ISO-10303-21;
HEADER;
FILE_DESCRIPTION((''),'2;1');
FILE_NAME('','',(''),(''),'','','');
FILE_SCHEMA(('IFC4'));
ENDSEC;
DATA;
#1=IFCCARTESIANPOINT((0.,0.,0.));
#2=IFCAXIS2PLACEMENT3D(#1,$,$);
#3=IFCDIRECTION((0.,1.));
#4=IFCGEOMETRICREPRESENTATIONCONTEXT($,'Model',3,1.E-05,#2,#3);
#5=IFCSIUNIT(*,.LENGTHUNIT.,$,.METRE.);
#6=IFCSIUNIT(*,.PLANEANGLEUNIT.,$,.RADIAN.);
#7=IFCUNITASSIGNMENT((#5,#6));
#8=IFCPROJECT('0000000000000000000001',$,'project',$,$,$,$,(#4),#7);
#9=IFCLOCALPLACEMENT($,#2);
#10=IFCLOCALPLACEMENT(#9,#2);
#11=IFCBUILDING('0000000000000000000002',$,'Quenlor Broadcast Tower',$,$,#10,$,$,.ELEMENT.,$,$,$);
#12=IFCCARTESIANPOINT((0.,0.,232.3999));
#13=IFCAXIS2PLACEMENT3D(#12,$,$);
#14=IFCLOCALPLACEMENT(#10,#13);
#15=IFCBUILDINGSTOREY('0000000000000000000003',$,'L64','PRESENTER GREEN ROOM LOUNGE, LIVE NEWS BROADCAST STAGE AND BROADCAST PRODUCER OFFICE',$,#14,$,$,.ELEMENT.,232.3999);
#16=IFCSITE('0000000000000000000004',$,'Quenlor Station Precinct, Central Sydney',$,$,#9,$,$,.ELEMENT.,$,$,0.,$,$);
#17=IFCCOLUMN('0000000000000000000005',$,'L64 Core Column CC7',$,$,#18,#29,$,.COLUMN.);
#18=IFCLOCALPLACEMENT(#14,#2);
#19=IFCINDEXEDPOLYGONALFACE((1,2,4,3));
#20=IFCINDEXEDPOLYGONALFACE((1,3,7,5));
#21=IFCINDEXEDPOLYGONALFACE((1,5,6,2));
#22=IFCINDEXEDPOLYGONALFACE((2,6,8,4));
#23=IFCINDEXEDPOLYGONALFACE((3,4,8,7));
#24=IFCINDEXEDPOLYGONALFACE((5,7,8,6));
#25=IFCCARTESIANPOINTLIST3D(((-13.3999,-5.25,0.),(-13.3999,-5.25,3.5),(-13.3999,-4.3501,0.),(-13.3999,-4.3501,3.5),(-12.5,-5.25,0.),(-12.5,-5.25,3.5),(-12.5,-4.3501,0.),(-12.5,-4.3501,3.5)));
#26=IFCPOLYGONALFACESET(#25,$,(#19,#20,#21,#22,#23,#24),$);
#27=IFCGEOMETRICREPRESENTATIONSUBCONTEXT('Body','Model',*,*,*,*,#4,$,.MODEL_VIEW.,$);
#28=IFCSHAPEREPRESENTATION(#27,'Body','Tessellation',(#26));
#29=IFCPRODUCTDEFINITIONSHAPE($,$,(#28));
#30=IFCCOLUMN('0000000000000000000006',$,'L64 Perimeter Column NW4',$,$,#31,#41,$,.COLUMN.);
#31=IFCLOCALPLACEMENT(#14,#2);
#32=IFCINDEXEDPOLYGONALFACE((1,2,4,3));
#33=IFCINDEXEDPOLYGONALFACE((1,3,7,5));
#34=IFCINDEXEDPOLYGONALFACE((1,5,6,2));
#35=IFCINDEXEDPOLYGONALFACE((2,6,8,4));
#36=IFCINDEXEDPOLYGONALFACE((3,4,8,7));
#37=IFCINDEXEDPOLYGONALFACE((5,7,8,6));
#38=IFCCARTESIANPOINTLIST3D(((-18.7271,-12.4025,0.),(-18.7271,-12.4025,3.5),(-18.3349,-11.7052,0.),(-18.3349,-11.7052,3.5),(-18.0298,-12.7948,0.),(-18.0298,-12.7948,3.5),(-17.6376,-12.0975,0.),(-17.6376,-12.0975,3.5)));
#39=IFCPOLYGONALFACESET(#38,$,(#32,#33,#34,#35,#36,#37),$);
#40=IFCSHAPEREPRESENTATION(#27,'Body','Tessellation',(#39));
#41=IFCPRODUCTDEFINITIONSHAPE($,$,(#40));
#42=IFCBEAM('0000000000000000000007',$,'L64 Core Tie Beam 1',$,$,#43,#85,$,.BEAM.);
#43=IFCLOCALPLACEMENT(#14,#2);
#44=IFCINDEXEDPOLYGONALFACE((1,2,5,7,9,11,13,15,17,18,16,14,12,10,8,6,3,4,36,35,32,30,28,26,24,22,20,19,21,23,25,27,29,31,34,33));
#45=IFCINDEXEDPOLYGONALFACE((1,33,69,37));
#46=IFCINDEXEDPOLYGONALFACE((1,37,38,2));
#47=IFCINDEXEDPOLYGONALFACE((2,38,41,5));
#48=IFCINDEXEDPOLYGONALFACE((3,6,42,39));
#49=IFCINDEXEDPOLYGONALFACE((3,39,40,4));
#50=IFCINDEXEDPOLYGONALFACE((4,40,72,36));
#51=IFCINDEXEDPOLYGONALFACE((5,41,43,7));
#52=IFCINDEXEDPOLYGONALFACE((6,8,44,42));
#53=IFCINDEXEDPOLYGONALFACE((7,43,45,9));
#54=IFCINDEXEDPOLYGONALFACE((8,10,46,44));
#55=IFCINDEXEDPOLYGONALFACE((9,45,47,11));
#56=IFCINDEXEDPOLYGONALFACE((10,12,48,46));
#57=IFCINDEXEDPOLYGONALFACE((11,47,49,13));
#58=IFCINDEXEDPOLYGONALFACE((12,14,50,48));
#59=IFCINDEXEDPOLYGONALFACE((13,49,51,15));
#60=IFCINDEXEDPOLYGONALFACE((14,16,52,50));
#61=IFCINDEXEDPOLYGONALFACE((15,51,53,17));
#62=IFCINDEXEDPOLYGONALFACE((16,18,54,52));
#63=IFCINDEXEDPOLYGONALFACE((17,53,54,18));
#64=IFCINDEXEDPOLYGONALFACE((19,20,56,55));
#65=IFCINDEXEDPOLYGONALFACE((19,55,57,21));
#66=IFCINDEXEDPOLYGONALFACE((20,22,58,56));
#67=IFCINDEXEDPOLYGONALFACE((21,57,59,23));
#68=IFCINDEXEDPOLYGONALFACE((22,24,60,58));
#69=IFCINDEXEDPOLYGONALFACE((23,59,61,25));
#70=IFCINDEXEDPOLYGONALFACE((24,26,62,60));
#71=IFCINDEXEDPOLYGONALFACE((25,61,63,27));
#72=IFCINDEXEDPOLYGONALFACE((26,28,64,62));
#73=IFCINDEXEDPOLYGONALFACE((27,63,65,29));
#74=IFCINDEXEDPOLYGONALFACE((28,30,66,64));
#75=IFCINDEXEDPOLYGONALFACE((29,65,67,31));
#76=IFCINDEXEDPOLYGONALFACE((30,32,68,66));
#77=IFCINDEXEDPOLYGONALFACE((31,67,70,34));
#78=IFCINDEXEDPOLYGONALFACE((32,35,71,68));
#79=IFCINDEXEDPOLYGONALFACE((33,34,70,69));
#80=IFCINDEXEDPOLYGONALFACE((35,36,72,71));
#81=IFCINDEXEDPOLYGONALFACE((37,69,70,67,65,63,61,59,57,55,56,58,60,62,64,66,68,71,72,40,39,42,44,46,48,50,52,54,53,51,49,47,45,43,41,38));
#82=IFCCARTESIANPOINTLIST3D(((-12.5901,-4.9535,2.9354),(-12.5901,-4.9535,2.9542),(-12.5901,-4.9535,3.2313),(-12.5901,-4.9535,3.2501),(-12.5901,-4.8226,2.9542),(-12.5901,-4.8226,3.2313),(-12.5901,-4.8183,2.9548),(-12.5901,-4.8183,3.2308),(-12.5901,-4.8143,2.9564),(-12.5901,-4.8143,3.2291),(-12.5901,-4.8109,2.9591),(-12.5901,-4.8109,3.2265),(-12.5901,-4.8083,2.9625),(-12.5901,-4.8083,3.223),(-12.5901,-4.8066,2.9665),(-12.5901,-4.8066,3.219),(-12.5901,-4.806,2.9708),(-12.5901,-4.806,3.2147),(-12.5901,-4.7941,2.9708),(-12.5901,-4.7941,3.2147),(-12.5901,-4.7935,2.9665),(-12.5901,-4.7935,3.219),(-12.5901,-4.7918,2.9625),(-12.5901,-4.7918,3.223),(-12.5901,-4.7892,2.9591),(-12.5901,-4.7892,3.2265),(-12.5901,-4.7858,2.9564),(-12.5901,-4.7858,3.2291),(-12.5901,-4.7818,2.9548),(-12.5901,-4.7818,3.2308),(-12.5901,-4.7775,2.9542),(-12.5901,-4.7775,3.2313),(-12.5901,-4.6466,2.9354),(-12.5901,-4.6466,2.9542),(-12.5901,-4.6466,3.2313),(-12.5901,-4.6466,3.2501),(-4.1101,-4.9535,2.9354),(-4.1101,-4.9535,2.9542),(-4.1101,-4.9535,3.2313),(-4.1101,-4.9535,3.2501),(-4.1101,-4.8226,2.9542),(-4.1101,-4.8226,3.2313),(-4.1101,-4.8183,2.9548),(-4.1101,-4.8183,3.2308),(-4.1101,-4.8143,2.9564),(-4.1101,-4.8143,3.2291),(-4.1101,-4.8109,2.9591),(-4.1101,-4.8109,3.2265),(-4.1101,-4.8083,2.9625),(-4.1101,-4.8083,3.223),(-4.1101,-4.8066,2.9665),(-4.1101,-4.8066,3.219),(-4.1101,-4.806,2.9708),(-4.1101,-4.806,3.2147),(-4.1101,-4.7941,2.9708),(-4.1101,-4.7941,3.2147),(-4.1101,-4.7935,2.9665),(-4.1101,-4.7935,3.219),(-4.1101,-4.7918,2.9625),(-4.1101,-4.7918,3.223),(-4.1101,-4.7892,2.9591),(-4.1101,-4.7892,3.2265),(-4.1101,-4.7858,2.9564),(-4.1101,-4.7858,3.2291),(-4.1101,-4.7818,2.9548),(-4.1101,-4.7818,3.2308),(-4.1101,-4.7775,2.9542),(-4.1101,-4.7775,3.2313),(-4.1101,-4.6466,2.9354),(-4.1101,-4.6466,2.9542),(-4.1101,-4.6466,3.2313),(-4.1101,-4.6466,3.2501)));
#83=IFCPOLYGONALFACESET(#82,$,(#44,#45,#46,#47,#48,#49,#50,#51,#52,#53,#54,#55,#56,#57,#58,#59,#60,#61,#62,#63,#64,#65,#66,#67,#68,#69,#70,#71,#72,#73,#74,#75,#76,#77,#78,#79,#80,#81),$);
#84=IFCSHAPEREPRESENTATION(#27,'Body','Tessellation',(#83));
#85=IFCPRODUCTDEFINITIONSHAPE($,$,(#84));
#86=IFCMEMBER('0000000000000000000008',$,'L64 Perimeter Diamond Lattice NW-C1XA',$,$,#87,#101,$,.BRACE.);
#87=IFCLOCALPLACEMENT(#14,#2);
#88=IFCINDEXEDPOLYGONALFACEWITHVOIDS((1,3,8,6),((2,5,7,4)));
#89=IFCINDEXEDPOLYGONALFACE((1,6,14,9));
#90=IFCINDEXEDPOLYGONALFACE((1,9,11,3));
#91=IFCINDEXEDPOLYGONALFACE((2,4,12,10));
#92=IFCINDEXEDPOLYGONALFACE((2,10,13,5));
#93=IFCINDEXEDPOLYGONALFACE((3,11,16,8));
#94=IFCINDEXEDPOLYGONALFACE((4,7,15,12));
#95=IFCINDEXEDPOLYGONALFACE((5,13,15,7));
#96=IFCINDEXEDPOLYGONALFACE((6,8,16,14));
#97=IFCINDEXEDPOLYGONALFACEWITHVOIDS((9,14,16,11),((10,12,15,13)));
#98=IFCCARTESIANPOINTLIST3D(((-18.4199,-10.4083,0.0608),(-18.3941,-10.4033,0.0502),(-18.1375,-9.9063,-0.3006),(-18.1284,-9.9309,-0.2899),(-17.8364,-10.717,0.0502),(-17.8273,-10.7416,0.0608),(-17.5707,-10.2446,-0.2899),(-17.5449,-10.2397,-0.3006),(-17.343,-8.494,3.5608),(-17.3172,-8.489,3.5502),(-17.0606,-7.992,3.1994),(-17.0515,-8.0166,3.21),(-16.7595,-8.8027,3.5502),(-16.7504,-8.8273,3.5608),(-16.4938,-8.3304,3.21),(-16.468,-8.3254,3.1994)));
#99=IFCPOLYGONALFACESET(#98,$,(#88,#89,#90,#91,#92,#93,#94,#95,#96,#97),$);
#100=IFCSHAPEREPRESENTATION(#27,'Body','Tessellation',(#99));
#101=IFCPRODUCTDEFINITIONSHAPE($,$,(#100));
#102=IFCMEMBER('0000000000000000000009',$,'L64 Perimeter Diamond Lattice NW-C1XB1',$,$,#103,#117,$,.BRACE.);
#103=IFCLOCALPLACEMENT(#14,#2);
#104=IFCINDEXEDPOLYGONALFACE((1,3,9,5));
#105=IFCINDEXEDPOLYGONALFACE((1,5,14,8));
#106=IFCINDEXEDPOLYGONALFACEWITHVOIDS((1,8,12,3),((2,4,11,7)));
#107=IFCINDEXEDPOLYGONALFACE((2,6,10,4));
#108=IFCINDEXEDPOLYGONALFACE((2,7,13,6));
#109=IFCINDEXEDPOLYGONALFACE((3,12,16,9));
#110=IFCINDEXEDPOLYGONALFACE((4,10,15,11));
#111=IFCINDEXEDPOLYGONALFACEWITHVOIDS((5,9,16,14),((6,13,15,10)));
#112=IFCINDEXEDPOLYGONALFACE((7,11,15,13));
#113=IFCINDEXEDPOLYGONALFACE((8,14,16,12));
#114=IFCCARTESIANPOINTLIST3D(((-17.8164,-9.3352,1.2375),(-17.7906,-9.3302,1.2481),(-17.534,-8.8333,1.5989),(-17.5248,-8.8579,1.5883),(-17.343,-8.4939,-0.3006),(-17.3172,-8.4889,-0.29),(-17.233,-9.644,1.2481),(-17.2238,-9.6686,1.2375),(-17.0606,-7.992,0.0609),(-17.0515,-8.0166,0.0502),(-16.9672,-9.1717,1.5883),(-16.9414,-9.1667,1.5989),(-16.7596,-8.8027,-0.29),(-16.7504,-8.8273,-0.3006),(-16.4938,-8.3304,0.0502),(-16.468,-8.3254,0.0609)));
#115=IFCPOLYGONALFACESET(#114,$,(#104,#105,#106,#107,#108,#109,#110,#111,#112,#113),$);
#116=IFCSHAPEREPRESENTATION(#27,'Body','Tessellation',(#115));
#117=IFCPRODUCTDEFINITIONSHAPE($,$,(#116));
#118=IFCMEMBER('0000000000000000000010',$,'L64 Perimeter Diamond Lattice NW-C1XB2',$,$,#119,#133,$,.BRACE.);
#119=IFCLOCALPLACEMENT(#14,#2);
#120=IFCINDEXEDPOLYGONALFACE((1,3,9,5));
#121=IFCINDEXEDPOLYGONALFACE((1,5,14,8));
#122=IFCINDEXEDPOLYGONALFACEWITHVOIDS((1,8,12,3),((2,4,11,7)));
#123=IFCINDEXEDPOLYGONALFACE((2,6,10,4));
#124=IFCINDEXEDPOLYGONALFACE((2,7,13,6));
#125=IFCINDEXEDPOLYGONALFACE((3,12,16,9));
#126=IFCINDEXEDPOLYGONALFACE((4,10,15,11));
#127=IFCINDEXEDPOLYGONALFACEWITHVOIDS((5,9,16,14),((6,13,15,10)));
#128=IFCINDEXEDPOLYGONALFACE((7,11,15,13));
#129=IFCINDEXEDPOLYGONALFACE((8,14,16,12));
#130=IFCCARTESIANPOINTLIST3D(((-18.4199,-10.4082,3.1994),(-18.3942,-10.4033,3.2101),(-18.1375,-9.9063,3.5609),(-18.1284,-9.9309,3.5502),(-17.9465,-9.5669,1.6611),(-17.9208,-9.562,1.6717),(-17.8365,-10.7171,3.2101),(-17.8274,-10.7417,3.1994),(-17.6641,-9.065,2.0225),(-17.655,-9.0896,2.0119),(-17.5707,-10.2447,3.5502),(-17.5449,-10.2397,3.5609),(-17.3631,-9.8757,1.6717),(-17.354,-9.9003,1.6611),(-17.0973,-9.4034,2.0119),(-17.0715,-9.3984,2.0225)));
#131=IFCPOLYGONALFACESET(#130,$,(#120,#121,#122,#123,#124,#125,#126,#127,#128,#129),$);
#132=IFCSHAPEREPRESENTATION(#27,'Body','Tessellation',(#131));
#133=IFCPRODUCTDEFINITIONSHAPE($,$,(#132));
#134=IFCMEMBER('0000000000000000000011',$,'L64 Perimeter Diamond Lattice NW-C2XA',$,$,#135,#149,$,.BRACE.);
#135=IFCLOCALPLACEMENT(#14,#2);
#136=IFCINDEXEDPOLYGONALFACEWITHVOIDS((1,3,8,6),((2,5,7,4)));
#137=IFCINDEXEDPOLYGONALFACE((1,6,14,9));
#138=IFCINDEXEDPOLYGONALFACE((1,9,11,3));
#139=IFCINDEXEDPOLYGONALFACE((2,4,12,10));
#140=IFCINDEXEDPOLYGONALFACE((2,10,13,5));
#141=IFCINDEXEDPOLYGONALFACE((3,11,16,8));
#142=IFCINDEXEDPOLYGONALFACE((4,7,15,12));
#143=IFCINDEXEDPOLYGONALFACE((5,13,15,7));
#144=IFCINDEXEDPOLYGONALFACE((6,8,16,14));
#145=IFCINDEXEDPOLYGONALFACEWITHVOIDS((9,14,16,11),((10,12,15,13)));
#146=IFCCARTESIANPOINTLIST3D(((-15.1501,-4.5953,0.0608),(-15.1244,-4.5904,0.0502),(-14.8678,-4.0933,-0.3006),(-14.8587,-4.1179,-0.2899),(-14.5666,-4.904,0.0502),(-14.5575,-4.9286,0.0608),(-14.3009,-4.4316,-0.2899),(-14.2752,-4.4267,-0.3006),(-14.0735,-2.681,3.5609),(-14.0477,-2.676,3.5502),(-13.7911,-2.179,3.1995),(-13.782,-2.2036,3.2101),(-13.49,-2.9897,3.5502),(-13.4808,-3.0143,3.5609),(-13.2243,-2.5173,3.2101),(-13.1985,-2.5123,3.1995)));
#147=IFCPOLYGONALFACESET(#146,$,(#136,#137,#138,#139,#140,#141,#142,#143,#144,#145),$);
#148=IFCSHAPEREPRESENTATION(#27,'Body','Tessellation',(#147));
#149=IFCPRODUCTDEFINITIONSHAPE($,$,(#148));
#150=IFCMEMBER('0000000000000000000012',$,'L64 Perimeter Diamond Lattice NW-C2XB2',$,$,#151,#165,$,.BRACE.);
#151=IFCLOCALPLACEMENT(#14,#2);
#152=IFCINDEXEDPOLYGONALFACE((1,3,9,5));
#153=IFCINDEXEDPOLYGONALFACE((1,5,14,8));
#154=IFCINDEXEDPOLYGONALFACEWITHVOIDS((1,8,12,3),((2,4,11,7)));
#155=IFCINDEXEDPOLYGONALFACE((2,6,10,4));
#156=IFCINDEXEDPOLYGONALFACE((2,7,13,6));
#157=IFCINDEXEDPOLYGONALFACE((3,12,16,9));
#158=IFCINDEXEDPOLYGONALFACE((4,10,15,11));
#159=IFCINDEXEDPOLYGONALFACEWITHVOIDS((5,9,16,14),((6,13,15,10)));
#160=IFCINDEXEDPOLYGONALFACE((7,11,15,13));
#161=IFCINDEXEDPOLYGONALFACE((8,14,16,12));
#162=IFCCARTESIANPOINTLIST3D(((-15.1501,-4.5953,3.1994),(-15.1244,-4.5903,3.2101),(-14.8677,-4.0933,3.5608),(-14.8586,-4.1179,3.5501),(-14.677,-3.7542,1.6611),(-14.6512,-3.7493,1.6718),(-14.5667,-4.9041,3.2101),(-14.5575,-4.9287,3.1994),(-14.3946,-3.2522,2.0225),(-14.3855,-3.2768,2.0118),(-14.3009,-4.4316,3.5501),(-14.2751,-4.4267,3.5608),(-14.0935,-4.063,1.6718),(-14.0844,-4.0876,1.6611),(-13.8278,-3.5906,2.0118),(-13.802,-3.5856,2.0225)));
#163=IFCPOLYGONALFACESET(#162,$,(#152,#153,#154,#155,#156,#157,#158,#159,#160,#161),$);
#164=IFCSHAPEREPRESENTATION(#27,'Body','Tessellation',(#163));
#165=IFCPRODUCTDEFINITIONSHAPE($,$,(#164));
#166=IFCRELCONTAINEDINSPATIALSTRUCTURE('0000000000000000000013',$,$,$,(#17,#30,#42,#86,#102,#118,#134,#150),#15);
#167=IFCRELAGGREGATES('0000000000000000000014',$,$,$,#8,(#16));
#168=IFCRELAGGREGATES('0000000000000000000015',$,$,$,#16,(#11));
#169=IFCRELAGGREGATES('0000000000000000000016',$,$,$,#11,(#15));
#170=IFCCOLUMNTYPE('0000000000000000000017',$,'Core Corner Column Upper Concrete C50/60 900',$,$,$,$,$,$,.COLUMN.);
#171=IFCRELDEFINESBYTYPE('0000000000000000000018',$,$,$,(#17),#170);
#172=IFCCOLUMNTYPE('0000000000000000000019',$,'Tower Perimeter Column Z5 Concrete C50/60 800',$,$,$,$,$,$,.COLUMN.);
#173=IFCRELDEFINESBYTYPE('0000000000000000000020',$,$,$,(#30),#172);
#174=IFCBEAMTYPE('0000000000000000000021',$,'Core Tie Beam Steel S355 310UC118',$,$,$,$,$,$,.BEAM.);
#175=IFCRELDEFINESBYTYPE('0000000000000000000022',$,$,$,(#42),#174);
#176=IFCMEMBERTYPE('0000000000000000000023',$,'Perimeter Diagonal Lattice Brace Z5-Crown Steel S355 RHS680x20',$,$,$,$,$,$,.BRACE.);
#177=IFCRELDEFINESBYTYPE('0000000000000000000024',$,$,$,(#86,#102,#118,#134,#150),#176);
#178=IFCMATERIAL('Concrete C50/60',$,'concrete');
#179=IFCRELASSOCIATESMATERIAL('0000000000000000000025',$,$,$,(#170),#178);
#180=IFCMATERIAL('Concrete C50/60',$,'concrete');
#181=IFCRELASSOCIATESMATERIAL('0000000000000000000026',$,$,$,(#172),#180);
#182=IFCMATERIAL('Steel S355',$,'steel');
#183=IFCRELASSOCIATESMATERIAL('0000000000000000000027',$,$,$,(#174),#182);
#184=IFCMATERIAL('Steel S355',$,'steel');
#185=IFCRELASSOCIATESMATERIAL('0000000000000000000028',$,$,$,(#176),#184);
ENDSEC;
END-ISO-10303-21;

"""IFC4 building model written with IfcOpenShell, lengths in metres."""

from ifc_helpers import new_model, si_unit, direction, frame, origin, origin_2d, place, context, subcontext, project, spatial, rectangle, hollow_rectangle, i_section, extrude, material, material_profile, profile_set, type_object, element, save


model = new_model("IFC4")

# Units and contexts
model_context = context("Model", 3, precision=1e-05, world=origin(), true_north=direction((0.0, 1.0)))
body_context = subcontext(model_context, "Body", "Model", "MODEL_VIEW")
ifc_project = project(units=[si_unit("LENGTHUNIT", "METRE"), si_unit("PLANEANGLEUNIT", "RADIAN")], contexts=[model_context])

# Site, building, storey
site_placement = place(None, origin())
site = spatial("IfcSite", under=ifc_project, at=site_placement, Name="Quenlor Station Precinct, Central Sydney", CompositionType="ELEMENT", RefElevation=0.0)
building_placement = place(site_placement, origin())
building = spatial("IfcBuilding", under=site, at=building_placement, Name="Quenlor Broadcast Tower", CompositionType="ELEMENT")
storey_placement = place(building_placement, frame((0.0, 0.0, 232.3999)))
storey = spatial("IfcBuildingStorey", under=building, at=storey_placement, Name="L64", Description="PRESENTER GREEN ROOM LOUNGE, LIVE NEWS BROADCAST STAGE AND BROADCAST PRODUCER OFFICE", CompositionType="ELEMENT", Elevation=232.3999)

# Columns
ifc_material_1 = material(Name="Concrete C50/60", Category="concrete")
ifc_material_profile_1 = material_profile(ifc_material_1, rectangle(XDim=0.8999, YDim=0.8999, at=origin_2d()))
ifc_profile_set_1 = profile_set([ifc_material_profile_1], Name="Concrete C50/60 RC900x900")
column_type_1 = type_object("IfcColumnType", Name="Core Corner Column Upper Concrete C50/60 900", PredefinedType="COLUMN", material=ifc_profile_set_1)
column_1_placement = place(storey_placement, frame((-12.95, -4.8, 0.0), z_axis=(0.0, 0.0, 1.0), x_axis=(1.0, 0.0, 0.0)))
element("IfcColumn", 1, at=column_1_placement, inside=storey, type_object=column_type_1, Name="L64 Core Column CC7", PredefinedType="COLUMN", context=body_context, shape_type="SweptSolid", body=[
    extrude(rectangle(XDim=0.8999, YDim=0.8999, at=origin_2d()), origin(), (0.0, 0.0, 1.0), 3.5),
])
ifc_material_2 = material(Name="Concrete C50/60", Category="concrete")
ifc_material_profile_2 = material_profile(ifc_material_2, rectangle(XDim=0.8, YDim=0.8, at=origin_2d()))
ifc_profile_set_2 = profile_set([ifc_material_profile_2], Name="Concrete C50/60 RC800x800")
column_type_2 = type_object("IfcColumnType", Name="Tower Perimeter Column Z5 Concrete C50/60 800", PredefinedType="COLUMN", material=ifc_profile_set_2)
column_2_placement = place(storey_placement, frame((-18.1824, -12.25, 0.0), z_axis=(0.0, 0.0, 1.0), x_axis=(-0.871575, 0.490262, 0.0)))
element("IfcColumn", 2, at=column_2_placement, inside=storey, type_object=column_type_2, Name="L64 Perimeter Column NW4", PredefinedType="COLUMN", context=body_context, shape_type="SweptSolid", body=[
    extrude(rectangle(XDim=0.8, YDim=0.8, at=origin_2d()), origin(), (0.0, 0.0, 1.0), 3.5),
])

# Beam
ifc_material_3 = material(Name="Steel S355", Category="steel")
ifc_material_profile_3 = material_profile(ifc_material_3, i_section(OverallWidth=0.3069, OverallDepth=0.3147, WebThickness=0.012, FlangeThickness=0.0188, FilletRadius=0.0166, at=origin_2d()))
ifc_profile_set_3 = profile_set([ifc_material_profile_3], Name="Steel S355 310UC118")
beam_type_1 = type_object("IfcBeamType", Name="Core Tie Beam Steel S355 310UC118", PredefinedType="BEAM", material=ifc_profile_set_3)
beam_1_placement = place(storey_placement, frame((-12.5901, -4.8, 3.0928), z_axis=(1.0, 0.0, 0.0), x_axis=(0.0, 1.0, 0.0)))
element("IfcBeam", 3, at=beam_1_placement, inside=storey, type_object=beam_type_1, Name="L64 Core Tie Beam 1", PredefinedType="BEAM", context=body_context, shape_type="SweptSolid", body=[
    extrude(i_section(OverallWidth=0.3069, OverallDepth=0.3147, WebThickness=0.012, FlangeThickness=0.0188, FilletRadius=0.0166, at=origin_2d()), origin(), (0.0, 0.0, 1.0), 8.48),
])

# Members
ifc_material_4 = material(Name="Steel S355", Category="steel")
ifc_material_profile_4 = material_profile(ifc_material_4, hollow_rectangle(XDim=0.6799, YDim=0.6799, WallThickness=0.02, at=origin_2d()))
ifc_profile_set_4 = profile_set([ifc_material_profile_4], Name="Steel S355 RHS680x680x20")
member_type = type_object("IfcMemberType", Name="Perimeter Diagonal Lattice Brace Z5-Crown Steel S355 RHS680x20", PredefinedType="BRACE", material=ifc_profile_set_4)
member_1_placement = place(storey_placement, frame((-17.9824, -10.324, -0.1199), z_axis=(0.260619, 0.463276, 0.847026), x_axis=(-0.871555, 0.490298, 0.0)))
element("IfcMember", 4, at=member_1_placement, inside=storey, type_object=member_type, Name="L64 Perimeter Diamond Lattice NW-C1XA", PredefinedType="BRACE", context=body_context, shape_type="SweptSolid", body=[
    extrude(hollow_rectangle(XDim=0.6799, YDim=0.6799, WallThickness=0.02, at=origin_2d()), origin(), (0.0, 0.0, 1.0), 4.1321),
])
member_2_placement = place(storey_placement, frame((-16.9055, -8.4097, -0.1199), z_axis=(-0.260686, -0.463293, 0.846996), x_axis=(0.871508, -0.490381, 0.0)))
element("IfcMember", 5, at=member_2_placement, inside=storey, type_object=member_type, Name="L64 Perimeter Diamond Lattice NW-C1XB1", PredefinedType="BRACE", context=body_context, shape_type="SweptSolid", body=[
    extrude(hollow_rectangle(XDim=0.6799, YDim=0.6799, WallThickness=0.02, at=origin_2d()), origin(), (0.0, 0.0, 1.0), 1.8159),
])
member_3_placement = place(storey_placement, frame((-17.509, -9.4827, 1.8418), z_axis=(-0.260657, -0.463241, 0.847034), x_axis=(0.871508, -0.490381, 0.0)))
element("IfcMember", 6, at=member_3_placement, inside=storey, type_object=member_type, Name="L64 Perimeter Diamond Lattice NW-C1XB2", PredefinedType="BRACE", context=body_context, shape_type="SweptSolid", body=[
    extrude(hollow_rectangle(XDim=0.6799, YDim=0.6799, WallThickness=0.02, at=origin_2d()), origin(), (0.0, 0.0, 1.0), 1.8162),
])
member_4_placement = place(storey_placement, frame((-14.7126, -4.511, -0.1199), z_axis=(0.260564, 0.463283, 0.847039), x_axis=(-0.871602, 0.490214, 0.0)))
element("IfcMember", 7, at=member_4_placement, inside=storey, type_object=member_type, Name="L64 Perimeter Diamond Lattice NW-C2XA", PredefinedType="BRACE", context=body_context, shape_type="SweptSolid", body=[
    extrude(hollow_rectangle(XDim=0.6799, YDim=0.6799, WallThickness=0.02, at=origin_2d()), origin(), (0.0, 0.0, 1.0), 4.1321),
])
member_5_placement = place(storey_placement, frame((-14.2395, -3.6699, 1.8418), z_axis=(-0.260548, -0.463151, 0.847116), x_axis=(0.871555, -0.490297, 0.0)))
element("IfcMember", 8, at=member_5_placement, inside=storey, type_object=member_type, Name="L64 Perimeter Diamond Lattice NW-C2XB2", PredefinedType="BRACE", context=body_context, shape_type="SweptSolid", body=[
    extrude(hollow_rectangle(XDim=0.6799, YDim=0.6799, WallThickness=0.02, at=origin_2d()), origin(), (0.0, 0.0, 1.0), 1.8159),
])

save(model, "model.ifc")
